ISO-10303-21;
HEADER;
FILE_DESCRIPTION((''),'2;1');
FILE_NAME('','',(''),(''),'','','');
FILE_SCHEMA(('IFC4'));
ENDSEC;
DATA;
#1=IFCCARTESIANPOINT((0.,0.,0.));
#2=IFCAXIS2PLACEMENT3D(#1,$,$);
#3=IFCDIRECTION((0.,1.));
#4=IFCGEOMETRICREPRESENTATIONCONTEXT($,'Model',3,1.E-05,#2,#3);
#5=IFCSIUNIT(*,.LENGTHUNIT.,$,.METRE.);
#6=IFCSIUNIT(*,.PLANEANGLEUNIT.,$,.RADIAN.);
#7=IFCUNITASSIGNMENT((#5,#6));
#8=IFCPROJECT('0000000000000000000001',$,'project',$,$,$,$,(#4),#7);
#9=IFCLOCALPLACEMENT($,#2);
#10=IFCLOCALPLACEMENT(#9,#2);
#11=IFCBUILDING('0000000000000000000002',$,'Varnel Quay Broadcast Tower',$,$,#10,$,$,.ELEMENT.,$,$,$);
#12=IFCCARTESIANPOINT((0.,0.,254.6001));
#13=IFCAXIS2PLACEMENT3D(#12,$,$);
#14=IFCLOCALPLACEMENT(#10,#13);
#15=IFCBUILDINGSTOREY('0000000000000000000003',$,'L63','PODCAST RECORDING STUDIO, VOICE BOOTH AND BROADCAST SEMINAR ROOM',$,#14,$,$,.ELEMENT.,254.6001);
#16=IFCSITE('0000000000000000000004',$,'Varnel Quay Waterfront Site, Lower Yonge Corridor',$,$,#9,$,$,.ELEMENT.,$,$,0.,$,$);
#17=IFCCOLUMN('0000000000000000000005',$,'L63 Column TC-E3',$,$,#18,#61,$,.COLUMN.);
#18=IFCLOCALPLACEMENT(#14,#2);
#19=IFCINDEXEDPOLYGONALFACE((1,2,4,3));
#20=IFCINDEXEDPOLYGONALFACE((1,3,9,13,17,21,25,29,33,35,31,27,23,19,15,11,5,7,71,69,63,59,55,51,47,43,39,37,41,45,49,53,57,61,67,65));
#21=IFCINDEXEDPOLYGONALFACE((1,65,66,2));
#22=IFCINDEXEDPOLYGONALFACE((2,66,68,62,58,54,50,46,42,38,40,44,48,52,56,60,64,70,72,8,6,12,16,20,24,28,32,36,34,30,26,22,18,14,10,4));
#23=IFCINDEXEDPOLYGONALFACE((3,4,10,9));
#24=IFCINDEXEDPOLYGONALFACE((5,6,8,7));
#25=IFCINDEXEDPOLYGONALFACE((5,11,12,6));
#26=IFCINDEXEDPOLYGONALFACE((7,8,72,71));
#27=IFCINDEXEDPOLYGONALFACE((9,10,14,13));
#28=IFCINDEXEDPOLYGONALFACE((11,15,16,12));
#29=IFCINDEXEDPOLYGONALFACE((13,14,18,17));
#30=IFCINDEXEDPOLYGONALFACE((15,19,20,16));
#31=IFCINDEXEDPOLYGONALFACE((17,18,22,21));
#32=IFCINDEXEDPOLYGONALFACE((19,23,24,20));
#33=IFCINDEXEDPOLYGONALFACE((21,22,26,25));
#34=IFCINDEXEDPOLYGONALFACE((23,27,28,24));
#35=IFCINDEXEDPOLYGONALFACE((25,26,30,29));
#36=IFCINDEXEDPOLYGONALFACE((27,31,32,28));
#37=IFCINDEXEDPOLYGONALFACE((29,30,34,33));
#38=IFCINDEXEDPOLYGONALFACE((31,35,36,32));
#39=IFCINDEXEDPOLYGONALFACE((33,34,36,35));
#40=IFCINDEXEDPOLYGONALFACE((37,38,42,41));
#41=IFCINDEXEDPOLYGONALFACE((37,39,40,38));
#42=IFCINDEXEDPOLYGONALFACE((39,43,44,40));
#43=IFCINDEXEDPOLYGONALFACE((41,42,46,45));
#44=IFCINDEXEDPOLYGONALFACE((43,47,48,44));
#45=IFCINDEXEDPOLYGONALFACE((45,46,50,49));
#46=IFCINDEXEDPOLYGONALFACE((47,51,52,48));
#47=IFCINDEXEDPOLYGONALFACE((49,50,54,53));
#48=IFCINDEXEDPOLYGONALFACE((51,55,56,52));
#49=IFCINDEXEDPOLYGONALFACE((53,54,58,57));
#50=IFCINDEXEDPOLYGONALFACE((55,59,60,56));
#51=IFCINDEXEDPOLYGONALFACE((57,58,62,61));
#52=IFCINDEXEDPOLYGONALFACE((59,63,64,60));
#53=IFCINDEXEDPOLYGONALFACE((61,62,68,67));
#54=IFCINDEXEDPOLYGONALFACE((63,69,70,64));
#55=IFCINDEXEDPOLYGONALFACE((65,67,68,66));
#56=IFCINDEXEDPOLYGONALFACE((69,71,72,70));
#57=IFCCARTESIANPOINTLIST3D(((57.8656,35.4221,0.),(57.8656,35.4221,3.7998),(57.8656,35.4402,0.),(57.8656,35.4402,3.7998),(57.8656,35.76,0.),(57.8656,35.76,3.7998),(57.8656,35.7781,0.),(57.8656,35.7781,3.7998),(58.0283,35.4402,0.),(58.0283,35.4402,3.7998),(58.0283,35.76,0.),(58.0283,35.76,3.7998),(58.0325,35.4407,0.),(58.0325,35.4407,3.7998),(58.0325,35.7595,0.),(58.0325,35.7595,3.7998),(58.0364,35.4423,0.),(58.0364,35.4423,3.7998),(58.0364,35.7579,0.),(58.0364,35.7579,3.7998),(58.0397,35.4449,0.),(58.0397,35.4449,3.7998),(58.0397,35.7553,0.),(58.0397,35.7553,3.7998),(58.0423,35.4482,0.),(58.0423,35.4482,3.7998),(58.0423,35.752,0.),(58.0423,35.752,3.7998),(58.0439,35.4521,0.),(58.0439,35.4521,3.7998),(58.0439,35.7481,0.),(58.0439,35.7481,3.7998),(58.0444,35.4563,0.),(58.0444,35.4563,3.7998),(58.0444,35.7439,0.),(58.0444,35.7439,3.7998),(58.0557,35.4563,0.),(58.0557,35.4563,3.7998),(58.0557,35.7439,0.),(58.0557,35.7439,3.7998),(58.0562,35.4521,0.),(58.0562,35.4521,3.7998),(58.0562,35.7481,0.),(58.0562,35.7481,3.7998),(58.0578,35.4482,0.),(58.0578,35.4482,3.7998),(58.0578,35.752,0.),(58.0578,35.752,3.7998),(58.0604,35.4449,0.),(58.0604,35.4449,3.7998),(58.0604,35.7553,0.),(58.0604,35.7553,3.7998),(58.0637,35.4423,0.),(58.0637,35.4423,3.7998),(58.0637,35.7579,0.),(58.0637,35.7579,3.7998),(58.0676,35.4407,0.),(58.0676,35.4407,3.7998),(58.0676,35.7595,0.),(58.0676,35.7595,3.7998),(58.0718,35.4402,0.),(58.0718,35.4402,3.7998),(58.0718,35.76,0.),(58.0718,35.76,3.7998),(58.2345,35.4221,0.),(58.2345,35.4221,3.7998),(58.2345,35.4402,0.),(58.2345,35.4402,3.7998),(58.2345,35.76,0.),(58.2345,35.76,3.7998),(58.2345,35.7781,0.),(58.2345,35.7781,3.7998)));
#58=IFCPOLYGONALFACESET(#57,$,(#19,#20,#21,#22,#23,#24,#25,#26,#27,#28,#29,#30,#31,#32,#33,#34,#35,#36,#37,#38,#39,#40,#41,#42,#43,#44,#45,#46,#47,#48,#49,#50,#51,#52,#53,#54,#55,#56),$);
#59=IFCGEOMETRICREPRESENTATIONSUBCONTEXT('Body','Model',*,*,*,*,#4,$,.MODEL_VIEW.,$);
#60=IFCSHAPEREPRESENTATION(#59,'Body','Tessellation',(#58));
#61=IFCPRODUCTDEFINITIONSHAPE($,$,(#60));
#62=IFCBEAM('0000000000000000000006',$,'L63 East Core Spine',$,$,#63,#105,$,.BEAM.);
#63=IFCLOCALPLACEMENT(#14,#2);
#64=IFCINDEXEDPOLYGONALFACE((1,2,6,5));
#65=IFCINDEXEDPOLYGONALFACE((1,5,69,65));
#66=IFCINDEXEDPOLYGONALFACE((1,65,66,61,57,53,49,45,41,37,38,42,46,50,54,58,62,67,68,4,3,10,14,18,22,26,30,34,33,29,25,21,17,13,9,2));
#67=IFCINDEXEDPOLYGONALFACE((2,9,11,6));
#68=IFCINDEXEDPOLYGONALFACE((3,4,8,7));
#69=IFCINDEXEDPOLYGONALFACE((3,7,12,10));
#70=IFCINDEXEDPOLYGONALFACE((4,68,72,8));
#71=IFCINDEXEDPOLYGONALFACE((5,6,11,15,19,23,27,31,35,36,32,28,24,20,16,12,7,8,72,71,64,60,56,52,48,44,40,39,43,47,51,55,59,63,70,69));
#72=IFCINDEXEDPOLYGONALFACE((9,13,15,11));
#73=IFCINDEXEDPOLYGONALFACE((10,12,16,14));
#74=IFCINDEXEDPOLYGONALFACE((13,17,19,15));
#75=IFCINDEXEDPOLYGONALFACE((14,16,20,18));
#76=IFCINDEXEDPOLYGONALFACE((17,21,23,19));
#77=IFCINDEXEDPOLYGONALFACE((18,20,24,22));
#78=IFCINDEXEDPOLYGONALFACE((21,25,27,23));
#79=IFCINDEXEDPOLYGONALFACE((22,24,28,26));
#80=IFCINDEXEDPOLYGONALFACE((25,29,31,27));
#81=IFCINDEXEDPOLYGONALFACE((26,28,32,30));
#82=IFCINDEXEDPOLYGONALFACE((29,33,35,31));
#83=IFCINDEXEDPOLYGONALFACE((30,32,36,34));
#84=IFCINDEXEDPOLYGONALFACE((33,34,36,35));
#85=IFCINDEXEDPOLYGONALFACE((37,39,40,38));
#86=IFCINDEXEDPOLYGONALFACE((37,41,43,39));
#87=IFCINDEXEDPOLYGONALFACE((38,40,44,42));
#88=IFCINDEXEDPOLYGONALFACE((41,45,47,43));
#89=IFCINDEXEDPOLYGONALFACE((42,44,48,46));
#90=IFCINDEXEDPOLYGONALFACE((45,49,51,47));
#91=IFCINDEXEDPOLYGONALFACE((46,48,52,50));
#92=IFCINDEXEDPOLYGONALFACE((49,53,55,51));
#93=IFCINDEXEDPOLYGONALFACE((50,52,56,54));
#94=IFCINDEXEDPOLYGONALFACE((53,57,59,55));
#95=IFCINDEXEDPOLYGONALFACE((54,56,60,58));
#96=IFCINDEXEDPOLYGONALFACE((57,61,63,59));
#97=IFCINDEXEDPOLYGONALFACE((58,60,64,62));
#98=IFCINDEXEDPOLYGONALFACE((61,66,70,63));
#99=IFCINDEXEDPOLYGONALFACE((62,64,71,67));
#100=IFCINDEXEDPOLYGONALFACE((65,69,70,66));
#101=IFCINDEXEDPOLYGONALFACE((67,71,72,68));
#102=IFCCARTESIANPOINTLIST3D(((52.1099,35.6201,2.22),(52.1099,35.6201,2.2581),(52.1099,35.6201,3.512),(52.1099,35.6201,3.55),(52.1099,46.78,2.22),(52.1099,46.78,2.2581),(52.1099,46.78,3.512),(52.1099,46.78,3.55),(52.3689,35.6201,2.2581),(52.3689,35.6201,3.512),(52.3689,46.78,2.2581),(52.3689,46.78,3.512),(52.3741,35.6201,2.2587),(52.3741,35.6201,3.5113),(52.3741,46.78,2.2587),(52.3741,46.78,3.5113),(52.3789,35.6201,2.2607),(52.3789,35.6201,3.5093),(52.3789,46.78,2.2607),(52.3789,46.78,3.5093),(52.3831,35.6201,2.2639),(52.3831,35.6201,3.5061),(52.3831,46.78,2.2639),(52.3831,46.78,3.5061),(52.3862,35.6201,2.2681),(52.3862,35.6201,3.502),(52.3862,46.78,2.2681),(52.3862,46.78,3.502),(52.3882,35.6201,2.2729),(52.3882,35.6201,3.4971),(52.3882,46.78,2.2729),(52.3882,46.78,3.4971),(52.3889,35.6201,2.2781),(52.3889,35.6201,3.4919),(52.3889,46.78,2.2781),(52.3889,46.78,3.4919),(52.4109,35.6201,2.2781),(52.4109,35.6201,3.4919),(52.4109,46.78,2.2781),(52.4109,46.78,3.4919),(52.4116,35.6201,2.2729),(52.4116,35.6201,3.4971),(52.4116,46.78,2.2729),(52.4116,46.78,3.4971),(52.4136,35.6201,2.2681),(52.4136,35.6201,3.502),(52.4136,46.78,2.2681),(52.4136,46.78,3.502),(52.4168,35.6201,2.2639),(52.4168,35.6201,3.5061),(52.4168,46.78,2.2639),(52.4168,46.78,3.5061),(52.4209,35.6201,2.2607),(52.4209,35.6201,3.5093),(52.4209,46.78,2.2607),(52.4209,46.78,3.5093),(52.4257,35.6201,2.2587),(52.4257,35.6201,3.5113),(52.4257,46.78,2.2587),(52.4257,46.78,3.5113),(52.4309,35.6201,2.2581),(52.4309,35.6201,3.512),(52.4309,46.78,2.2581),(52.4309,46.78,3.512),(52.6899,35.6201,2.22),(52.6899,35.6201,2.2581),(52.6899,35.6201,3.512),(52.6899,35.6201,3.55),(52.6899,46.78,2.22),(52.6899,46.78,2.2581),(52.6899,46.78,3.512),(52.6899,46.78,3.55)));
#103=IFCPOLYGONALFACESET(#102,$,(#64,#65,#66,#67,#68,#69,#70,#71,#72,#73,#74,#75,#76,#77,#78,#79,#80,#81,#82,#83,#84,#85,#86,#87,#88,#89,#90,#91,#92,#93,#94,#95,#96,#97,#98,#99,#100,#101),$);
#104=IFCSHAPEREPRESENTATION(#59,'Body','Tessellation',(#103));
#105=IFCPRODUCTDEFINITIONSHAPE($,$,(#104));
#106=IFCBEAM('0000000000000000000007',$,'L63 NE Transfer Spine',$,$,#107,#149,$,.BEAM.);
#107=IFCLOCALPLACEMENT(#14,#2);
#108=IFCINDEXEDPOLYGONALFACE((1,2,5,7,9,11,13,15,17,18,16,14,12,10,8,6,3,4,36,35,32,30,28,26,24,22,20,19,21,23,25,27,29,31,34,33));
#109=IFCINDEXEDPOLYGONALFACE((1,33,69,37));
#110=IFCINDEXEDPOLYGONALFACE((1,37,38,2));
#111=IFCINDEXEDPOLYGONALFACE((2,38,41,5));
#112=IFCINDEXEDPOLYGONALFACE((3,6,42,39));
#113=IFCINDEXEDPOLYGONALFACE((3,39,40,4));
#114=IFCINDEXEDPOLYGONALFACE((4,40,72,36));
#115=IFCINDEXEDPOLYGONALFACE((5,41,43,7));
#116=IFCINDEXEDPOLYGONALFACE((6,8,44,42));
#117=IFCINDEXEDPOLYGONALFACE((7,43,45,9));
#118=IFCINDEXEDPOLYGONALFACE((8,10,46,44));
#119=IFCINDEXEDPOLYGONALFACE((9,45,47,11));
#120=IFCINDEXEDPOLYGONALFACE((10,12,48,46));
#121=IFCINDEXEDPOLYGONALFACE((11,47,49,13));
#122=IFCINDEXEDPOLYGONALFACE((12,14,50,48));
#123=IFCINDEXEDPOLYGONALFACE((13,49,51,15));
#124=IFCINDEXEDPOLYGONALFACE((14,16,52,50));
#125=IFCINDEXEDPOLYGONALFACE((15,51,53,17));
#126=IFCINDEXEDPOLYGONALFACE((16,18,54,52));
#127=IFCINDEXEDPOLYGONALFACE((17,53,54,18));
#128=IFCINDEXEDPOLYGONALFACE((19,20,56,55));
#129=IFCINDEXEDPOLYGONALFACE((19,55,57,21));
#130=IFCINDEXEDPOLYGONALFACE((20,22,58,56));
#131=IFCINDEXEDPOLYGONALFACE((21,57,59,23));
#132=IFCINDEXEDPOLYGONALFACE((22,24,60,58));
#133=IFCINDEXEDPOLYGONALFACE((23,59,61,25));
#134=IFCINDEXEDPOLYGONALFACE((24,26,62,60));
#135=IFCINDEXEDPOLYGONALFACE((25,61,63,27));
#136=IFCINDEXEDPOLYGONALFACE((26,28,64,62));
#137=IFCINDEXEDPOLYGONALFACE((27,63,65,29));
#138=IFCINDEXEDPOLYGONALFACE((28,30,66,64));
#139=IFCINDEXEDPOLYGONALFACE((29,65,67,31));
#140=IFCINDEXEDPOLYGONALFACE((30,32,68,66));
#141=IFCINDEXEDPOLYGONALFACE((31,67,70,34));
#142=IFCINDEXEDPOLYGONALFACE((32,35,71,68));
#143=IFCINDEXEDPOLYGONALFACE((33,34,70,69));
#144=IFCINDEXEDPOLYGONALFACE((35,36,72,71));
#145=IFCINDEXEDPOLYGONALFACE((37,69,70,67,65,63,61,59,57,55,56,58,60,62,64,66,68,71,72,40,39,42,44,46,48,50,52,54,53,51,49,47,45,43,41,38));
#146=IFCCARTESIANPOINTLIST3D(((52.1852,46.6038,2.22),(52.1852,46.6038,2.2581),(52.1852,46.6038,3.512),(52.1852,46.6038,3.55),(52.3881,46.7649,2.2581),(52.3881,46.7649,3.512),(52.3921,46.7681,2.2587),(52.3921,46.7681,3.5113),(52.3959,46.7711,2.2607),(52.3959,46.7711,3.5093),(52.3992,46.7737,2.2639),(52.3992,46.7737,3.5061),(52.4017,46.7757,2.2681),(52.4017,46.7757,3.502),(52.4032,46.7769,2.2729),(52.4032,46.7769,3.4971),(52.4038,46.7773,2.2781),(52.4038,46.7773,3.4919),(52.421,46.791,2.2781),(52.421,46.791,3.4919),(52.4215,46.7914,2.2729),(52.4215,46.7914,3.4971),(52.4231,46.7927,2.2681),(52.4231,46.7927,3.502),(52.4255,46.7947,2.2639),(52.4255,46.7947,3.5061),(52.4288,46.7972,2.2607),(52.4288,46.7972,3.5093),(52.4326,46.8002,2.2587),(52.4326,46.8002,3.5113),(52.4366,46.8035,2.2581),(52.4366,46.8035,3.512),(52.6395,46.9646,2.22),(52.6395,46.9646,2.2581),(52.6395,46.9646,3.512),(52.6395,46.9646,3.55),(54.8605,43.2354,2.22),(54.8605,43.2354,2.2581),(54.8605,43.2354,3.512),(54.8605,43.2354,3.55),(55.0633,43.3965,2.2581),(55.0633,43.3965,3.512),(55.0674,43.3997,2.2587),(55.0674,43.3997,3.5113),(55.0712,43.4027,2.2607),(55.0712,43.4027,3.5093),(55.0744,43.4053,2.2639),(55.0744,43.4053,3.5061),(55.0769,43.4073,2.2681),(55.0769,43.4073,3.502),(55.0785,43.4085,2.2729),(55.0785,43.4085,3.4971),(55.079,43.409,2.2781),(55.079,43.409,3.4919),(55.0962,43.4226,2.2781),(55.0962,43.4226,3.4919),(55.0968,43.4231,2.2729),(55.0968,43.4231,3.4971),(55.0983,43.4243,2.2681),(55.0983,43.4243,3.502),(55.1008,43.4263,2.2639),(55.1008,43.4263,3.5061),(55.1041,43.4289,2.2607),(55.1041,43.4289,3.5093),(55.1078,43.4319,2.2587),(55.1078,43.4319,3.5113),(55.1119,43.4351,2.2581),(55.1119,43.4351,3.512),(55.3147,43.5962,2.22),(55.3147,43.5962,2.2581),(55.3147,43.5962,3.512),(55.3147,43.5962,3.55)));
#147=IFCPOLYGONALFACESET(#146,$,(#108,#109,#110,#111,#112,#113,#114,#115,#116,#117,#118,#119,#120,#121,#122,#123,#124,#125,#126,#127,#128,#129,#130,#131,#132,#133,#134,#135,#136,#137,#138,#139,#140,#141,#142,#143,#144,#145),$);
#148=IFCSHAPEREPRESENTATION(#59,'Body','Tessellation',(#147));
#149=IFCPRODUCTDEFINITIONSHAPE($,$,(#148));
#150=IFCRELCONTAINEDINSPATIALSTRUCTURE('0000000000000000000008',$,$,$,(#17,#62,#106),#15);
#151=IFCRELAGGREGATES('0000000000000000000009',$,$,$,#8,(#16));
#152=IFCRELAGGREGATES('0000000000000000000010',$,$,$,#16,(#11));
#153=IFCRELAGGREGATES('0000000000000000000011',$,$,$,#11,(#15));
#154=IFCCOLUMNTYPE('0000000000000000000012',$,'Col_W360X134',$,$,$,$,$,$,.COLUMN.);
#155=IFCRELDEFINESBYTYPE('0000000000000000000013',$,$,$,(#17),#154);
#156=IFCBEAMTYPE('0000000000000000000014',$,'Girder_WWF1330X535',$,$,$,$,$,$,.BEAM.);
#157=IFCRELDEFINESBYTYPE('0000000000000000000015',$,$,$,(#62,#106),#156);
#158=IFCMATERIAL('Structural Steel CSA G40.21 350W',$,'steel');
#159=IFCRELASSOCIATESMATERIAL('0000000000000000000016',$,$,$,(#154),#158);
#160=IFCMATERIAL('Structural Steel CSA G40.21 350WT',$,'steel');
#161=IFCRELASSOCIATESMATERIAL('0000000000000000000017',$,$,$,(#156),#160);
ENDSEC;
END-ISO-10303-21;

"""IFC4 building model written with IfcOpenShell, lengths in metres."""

from ifc_helpers import new_model, si_unit, direction, frame, origin, origin_2d, place, context, subcontext, project, spatial, i_section, extrude, source, transform, mapped, material, material_profile, profile_set, type_object, type_shapes, element, save


model = new_model("IFC4")

# Units and contexts
model_context = context("Model", 3, precision=1e-05, world=origin(), true_north=direction((0.0, 1.0)))
body_context = subcontext(model_context, "Body", "Model", "MODEL_VIEW")
ifc_project = project(units=[si_unit("LENGTHUNIT", "METRE"), si_unit("PLANEANGLEUNIT", "RADIAN")], contexts=[model_context])

# Site, building, storey
site_placement = place(None, origin())
site = spatial("IfcSite", under=ifc_project, at=site_placement, Name="Varnel Quay Waterfront Site, Lower Yonge Corridor", CompositionType="ELEMENT", RefElevation=0.0)
building_placement = place(site_placement, origin())
building = spatial("IfcBuilding", under=site, at=building_placement, Name="Varnel Quay Broadcast Tower", CompositionType="ELEMENT")
storey_placement = place(building_placement, frame((0.0, 0.0, 254.6001)))
storey = spatial("IfcBuildingStorey", under=building, at=storey_placement, Name="L63", Description="PODCAST RECORDING STUDIO, VOICE BOOTH AND BROADCAST SEMINAR ROOM", CompositionType="ELEMENT", Elevation=254.6001)

# Column
ifc_material_1 = material(Name="Structural Steel CSA G40.21 350WT", Category="steel")
ifc_material_2 = material(Name="Structural Steel CSA G40.21 350W", Category="steel")
ifc_material_profile_1 = material_profile(ifc_material_2, i_section(OverallWidth=0.3689, OverallDepth=0.356, WebThickness=0.0112, FlangeThickness=0.0181, FilletRadius=0.0161, at=origin_2d()), Name="W360X134")
ifc_profile_set_1 = profile_set([ifc_material_profile_1], Name="Structural Steel CSA G40.21 350W")
column_type_1 = type_object("IfcColumnType", Name="Col_W360X134", PredefinedType="COLUMN", material=ifc_profile_set_1)
shared_shape_1 = source(origin(), body_context, "Body", "SweptSolid", [
    extrude(i_section(OverallWidth=0.3689, OverallDepth=0.356, WebThickness=0.0112, FlangeThickness=0.0181, FilletRadius=0.0161, at=origin_2d()), origin(), (0.0, 0.0, 1.0), 3.7998),
])
type_shapes(column_type_1, [shared_shape_1])
for number, where, z_axis, x_axis, name in (
    (1, (58.05, 35.6001, 0.0), (0.0, 0.0, 1.0), (1.0, 0.0, 0.0), "L63 Column TC-E3"),
):
    element("IfcColumn", number, at=place(storey_placement, frame(where, z_axis=z_axis, x_axis=x_axis)), inside=storey, type_object=column_type_1, Name=name, PredefinedType="COLUMN", context=body_context, shape_type="MappedRepresentation", body=[
        mapped(shared_shape_1, transform((0.0, 0.0, 0.0), x_axis=(1.0, 0.0, 0.0), y_axis=(0.0, 1.0, 0.0), z_axis=(0.0, 0.0, 1.0), scale=1.0)),
    ])

# Beams
ifc_material_profile_2 = material_profile(ifc_material_1, i_section(OverallWidth=0.5801, OverallDepth=1.3301, WebThickness=0.022, FlangeThickness=0.0381, FilletRadius=0.02, at=origin_2d()), Name="WWF1330X535")
ifc_profile_set_2 = profile_set([ifc_material_profile_2], Name="Structural Steel CSA G40.21 350WT")
beam_type = type_object("IfcBeamType", Name="Girder_WWF1330X535", PredefinedType="BEAM", material=ifc_profile_set_2)
shared_shape_2 = source(origin(), body_context, "Body", "SweptSolid", [
    extrude(i_section(OverallWidth=0.5801, OverallDepth=1.3301, WebThickness=0.022, FlangeThickness=0.0381, FilletRadius=0.02, at=origin_2d()), origin(), (0.0, 0.0, 1.0), 11.1599),
])
beam_1_placement = place(storey_placement, frame((52.3999, 35.6201, 2.885), z_axis=(0.0, 1.0, 0.0), x_axis=(-1.0, 0.0, 0.0)))
element("IfcBeam", 2, at=beam_1_placement, inside=storey, type_object=beam_type, Name="L63 East Core Spine", PredefinedType="BEAM", context=body_context, shape_type="MappedRepresentation", body=[
    mapped(shared_shape_2, transform((0.0, 0.0, 0.0), x_axis=(1.0, 0.0, 0.0), y_axis=(0.0, 1.0, 0.0), z_axis=(0.0, 0.0, 1.0), scale=1.0)),
])
shared_shape_3 = source(origin(), body_context, "Body", "SweptSolid", [
    extrude(i_section(OverallWidth=0.5801, OverallDepth=1.3301, WebThickness=0.022, FlangeThickness=0.0381, FilletRadius=0.02, at=origin_2d()), origin(), (0.0, 0.0, 1.0), 4.3015),
])
beam_2_placement = place(storey_placement, frame((52.4124, 46.7842, 2.885), z_axis=(0.621936, -0.783068, 0.0), x_axis=(0.783068, 0.621936, 0.0)))
element("IfcBeam", 3, at=beam_2_placement, inside=storey, type_object=beam_type, Name="L63 NE Transfer Spine", PredefinedType="BEAM", context=body_context, shape_type="MappedRepresentation", body=[
    mapped(shared_shape_3, transform((0.0, 0.0, 0.0), x_axis=(1.0, 0.0, 0.0), y_axis=(0.0, 1.0, 0.0), z_axis=(0.0, 0.0, 1.0), scale=1.0)),
])

save(model, "model.ifc")
